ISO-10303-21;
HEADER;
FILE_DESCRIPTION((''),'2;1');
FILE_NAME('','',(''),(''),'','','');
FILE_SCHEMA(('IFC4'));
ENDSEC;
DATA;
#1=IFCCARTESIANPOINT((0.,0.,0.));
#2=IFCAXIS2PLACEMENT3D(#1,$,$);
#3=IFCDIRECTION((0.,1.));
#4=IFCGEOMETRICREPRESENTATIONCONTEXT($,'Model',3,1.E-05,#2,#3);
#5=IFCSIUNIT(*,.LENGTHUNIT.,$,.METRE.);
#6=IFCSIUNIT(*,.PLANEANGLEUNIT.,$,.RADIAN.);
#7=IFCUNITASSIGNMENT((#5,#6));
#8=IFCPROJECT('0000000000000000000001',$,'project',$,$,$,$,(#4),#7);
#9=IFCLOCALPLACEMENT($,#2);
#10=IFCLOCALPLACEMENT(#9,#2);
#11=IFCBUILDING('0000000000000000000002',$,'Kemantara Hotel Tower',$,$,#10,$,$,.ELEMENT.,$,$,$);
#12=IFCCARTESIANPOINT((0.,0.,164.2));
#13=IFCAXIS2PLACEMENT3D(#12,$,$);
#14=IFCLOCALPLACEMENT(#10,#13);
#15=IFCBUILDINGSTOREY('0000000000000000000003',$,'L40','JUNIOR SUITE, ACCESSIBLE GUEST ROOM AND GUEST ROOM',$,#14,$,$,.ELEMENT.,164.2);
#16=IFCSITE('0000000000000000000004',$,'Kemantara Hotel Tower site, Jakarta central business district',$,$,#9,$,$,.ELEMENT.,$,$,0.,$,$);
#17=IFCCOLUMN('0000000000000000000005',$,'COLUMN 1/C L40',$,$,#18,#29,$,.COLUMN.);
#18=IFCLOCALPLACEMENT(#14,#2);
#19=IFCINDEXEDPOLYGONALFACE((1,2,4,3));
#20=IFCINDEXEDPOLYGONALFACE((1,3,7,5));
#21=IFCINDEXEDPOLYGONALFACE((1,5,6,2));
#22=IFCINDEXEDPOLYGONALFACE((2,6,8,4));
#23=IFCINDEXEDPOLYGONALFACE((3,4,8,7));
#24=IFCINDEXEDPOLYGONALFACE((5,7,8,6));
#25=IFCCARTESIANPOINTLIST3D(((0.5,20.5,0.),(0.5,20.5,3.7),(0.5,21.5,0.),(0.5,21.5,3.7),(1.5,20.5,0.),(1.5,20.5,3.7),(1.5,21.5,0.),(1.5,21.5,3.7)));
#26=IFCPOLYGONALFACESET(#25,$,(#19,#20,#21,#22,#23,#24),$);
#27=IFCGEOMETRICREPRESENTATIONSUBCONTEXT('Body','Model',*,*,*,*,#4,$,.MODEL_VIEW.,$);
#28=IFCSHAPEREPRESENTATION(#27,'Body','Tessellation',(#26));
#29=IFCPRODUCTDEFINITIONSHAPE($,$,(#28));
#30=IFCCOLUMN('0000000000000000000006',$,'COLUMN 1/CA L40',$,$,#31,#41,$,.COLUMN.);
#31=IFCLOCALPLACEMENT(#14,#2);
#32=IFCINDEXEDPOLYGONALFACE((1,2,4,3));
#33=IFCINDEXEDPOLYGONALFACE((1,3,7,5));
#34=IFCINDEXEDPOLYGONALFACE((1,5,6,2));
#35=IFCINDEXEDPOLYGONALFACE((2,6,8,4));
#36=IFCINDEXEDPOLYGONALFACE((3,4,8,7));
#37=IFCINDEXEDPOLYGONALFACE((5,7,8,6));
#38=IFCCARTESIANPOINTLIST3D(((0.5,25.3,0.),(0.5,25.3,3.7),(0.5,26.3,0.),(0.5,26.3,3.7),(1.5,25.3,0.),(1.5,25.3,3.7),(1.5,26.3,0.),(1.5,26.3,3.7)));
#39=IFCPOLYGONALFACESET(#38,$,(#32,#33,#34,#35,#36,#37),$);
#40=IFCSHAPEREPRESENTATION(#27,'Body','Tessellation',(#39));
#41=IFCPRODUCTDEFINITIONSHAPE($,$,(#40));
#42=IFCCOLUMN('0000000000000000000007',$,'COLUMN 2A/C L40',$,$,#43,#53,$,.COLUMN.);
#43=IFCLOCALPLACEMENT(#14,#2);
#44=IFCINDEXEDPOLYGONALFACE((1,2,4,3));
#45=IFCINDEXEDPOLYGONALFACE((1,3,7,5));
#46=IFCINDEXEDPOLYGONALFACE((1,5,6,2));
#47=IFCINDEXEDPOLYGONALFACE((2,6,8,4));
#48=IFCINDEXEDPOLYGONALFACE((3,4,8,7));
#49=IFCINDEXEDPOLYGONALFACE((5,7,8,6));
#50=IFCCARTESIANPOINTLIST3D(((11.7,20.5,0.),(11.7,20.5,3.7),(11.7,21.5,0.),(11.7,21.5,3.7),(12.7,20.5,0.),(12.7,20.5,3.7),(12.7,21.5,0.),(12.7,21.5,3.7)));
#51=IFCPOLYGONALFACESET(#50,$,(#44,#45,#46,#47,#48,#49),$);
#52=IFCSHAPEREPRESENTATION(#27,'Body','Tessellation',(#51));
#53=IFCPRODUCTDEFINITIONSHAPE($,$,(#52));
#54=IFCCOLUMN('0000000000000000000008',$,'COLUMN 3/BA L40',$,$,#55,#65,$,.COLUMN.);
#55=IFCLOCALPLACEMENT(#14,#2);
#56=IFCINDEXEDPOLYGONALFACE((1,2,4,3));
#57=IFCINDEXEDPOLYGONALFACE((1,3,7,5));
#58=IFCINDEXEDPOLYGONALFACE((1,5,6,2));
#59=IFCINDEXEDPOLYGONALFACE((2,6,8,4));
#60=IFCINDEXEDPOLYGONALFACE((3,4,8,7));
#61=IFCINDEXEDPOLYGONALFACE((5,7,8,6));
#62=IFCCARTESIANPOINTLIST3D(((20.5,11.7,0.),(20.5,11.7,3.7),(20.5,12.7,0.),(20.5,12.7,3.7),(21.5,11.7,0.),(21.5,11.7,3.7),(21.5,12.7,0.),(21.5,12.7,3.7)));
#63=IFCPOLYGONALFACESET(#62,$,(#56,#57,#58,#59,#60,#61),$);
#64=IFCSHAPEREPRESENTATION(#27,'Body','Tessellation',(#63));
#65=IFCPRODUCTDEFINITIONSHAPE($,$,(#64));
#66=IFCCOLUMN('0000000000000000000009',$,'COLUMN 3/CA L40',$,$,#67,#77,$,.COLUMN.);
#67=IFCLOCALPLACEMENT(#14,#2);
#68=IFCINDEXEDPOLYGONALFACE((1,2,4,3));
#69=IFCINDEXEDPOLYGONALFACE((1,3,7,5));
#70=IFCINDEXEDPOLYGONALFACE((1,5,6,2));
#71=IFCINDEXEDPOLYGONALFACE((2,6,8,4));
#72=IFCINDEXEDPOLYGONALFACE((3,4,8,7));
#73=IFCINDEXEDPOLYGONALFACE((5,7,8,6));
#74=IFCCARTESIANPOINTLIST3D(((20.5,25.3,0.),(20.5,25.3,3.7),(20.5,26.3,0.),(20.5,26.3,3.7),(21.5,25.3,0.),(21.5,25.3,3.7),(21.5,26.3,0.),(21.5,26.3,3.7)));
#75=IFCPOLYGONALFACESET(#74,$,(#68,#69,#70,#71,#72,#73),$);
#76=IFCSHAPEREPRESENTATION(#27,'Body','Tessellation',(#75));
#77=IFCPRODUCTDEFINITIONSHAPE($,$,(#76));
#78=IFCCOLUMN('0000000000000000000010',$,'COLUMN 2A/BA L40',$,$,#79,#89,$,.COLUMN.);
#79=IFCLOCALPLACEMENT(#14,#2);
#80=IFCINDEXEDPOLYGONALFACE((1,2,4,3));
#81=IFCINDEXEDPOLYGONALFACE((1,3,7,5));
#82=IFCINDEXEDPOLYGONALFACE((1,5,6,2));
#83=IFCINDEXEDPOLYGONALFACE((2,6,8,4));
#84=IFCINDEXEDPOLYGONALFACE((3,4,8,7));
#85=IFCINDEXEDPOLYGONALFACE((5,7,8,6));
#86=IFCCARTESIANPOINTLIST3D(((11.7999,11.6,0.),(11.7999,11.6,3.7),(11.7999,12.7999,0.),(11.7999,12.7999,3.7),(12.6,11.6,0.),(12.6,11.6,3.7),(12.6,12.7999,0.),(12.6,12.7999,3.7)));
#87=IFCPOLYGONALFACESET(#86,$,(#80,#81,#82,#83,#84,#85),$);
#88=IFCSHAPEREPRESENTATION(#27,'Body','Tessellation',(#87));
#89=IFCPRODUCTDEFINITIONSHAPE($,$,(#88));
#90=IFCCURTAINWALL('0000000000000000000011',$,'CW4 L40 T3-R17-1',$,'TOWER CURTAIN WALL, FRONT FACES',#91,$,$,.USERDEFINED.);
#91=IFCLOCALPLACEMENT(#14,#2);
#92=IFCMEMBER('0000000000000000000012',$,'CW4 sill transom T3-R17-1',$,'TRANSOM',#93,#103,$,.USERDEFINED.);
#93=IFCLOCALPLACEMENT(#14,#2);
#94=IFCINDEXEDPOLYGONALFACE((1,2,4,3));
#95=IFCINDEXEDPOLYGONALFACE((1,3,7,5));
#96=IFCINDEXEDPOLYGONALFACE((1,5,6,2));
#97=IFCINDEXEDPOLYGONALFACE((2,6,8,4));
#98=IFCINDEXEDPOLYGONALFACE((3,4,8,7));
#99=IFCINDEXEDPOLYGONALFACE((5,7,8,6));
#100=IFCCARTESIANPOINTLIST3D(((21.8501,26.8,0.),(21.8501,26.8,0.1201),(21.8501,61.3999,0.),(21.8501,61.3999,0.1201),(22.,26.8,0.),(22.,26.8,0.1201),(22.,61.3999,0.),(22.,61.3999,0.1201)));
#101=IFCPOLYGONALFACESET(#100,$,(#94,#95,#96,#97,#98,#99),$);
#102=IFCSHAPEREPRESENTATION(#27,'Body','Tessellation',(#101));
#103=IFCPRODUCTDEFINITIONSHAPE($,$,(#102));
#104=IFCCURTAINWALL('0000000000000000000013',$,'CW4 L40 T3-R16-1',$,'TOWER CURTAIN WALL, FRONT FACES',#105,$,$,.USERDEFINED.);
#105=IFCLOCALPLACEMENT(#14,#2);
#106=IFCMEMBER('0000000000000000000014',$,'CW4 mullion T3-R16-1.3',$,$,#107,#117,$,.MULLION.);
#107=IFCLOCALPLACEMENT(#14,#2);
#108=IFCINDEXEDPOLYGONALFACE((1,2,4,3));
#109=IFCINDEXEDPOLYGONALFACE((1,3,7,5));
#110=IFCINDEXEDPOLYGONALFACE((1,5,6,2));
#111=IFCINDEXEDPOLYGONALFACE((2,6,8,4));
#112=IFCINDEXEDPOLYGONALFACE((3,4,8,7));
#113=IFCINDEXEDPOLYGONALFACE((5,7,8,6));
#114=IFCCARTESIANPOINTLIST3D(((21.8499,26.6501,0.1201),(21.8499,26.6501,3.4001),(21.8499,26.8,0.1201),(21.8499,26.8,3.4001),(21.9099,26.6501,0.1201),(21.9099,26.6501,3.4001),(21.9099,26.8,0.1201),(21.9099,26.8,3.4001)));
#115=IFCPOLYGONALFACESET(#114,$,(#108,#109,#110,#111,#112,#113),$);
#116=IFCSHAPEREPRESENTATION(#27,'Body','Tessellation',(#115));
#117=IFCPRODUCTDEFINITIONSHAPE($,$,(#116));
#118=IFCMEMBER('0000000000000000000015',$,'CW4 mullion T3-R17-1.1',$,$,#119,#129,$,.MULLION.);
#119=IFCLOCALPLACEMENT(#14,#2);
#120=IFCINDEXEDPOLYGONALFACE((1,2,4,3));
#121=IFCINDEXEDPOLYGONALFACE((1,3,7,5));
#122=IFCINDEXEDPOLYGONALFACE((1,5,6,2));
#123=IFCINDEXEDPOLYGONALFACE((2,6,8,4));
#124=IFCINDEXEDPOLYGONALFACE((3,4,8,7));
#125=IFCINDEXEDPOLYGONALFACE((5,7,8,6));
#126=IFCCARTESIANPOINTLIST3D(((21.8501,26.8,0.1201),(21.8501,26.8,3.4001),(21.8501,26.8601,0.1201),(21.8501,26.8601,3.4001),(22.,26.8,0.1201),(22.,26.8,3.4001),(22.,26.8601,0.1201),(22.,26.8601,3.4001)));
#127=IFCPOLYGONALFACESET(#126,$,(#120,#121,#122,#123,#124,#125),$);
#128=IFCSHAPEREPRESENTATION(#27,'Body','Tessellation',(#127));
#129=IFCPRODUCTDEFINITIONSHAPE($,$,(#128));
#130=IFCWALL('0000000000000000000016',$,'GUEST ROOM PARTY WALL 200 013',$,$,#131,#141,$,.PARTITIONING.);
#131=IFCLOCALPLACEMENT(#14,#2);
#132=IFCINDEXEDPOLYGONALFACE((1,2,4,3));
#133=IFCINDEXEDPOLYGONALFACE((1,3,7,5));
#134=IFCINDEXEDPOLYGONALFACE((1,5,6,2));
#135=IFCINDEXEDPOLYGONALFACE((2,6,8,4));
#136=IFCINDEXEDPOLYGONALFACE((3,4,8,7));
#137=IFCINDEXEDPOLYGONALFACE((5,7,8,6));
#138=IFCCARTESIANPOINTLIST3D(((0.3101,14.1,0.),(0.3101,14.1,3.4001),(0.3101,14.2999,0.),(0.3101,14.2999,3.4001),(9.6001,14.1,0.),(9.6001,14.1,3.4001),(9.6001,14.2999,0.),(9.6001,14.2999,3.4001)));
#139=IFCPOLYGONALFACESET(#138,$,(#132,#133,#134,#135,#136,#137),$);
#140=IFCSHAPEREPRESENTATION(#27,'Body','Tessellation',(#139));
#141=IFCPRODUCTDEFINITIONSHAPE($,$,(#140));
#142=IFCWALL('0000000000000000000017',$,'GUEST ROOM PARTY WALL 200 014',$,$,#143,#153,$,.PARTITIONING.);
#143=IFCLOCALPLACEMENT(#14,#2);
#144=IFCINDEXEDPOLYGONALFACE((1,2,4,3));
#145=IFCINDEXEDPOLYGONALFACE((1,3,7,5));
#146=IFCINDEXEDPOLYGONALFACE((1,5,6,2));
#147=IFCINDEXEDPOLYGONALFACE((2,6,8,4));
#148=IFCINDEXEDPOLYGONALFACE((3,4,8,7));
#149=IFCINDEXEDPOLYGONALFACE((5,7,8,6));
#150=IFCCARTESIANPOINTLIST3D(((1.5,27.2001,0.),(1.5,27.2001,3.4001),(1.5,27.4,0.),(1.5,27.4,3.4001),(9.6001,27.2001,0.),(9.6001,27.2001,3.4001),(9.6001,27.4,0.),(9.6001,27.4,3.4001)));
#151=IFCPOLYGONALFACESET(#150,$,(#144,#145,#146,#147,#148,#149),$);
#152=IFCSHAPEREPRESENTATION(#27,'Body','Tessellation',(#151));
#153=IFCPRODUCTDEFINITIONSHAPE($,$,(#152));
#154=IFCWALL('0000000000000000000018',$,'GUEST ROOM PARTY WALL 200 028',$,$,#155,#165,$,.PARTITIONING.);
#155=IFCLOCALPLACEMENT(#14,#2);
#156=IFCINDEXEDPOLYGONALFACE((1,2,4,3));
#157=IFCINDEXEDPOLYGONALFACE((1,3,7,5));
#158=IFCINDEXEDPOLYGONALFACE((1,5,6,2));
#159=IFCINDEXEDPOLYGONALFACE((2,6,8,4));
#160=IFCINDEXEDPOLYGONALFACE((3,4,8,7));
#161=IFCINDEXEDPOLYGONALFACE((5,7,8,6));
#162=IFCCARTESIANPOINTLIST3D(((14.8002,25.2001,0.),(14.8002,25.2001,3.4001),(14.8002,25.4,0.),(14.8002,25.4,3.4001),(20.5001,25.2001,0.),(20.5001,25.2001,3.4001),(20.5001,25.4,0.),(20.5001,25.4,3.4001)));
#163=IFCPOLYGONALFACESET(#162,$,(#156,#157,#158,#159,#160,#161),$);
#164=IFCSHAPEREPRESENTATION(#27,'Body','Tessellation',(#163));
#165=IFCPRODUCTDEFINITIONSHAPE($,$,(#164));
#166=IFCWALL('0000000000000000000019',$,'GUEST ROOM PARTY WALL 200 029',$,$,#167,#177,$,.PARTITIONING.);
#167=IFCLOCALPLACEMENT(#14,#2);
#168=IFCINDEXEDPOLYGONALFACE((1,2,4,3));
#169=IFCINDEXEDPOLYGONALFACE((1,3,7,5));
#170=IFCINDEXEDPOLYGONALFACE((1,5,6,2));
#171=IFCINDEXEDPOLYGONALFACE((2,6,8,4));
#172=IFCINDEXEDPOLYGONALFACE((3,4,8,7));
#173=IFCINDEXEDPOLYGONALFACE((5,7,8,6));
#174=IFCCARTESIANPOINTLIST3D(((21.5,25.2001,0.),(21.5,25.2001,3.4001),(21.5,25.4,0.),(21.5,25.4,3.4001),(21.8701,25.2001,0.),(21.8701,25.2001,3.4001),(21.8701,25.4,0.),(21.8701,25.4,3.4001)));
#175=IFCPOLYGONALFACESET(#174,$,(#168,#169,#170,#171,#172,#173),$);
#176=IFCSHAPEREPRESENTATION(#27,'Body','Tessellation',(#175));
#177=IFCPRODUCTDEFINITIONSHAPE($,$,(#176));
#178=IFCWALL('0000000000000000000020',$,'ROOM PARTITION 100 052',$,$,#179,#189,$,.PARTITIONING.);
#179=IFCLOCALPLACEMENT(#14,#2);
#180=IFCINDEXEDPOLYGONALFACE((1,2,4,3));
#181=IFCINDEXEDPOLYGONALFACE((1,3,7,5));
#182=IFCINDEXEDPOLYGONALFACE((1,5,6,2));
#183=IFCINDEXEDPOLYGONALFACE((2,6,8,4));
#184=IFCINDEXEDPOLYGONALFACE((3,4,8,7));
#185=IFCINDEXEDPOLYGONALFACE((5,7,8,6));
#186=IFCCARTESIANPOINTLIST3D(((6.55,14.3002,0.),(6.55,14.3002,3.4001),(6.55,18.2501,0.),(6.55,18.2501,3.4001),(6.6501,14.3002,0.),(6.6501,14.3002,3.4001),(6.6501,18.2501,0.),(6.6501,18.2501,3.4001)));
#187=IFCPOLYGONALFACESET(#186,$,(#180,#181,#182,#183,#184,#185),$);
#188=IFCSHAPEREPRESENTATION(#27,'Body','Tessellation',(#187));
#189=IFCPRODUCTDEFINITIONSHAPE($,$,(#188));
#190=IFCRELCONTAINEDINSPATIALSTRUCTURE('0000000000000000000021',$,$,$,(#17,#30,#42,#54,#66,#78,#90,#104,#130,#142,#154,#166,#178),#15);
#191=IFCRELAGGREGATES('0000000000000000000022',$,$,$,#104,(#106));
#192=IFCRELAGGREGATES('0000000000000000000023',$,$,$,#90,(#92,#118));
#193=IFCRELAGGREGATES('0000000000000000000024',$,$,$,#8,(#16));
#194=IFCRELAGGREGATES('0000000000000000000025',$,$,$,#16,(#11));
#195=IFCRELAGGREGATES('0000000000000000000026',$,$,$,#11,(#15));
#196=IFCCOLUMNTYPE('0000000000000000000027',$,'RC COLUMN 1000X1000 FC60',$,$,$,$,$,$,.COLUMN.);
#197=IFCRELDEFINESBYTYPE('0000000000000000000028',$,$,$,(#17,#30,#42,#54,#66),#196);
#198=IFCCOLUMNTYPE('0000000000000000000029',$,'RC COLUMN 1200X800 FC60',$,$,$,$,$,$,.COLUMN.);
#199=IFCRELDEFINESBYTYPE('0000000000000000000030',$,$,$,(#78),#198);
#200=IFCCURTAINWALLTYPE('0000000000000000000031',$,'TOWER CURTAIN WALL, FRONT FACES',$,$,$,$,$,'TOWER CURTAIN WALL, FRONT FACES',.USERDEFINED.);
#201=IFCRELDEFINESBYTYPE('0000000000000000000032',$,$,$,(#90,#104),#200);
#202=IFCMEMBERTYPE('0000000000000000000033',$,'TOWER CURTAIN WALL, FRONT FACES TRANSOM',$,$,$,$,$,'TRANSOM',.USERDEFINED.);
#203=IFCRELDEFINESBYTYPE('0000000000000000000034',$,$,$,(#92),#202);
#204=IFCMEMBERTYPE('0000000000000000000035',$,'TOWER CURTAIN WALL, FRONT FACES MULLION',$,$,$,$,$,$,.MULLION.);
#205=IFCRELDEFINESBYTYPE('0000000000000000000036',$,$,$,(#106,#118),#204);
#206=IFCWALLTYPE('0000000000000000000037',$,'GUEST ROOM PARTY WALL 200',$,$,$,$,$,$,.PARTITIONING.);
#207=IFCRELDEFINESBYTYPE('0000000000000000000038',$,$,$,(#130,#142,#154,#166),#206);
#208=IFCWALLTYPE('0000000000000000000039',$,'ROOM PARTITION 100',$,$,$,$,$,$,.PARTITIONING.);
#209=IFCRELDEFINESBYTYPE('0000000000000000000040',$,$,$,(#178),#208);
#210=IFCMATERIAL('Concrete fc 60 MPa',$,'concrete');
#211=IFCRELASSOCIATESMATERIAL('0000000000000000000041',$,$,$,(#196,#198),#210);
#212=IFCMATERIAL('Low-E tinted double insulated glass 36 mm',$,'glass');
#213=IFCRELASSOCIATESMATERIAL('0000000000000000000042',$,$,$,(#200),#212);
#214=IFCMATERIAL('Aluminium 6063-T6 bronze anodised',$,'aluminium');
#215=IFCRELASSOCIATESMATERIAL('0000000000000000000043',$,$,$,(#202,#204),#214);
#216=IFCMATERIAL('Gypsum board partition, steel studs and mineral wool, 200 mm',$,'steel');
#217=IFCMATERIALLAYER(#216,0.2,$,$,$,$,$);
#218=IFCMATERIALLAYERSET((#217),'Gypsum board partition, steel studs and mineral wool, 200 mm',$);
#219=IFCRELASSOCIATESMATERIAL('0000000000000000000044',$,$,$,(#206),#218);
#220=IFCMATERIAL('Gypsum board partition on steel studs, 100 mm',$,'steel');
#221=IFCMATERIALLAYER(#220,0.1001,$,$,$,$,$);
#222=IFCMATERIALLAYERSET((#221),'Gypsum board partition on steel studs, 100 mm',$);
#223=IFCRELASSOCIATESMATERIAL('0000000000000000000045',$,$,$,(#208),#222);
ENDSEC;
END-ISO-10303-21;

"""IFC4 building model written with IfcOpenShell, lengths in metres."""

from ifc_helpers import new_model, si_unit, direction, frame, frame_2d, origin, origin_2d, place, context, subcontext, project, spatial, rectangle, extrude, source, transform, mapped, material, layer, layer_set, material_profile, profile_set, type_object, element, aggregate, save


model = new_model("IFC4")

# Units and contexts
model_context = context("Model", 3, precision=1e-05, world=origin(), true_north=direction((0.0, 1.0)))
body_context = subcontext(model_context, "Body", "Model", "MODEL_VIEW")
ifc_project = project(units=[si_unit("LENGTHUNIT", "METRE"), si_unit("PLANEANGLEUNIT", "RADIAN")], contexts=[model_context])

# Site, building, storey
site_placement = place(None, origin())
site = spatial("IfcSite", under=ifc_project, at=site_placement, Name="Kemantara Hotel Tower site, Jakarta central business district", CompositionType="ELEMENT", RefElevation=0.0)
building_placement = place(site_placement, origin())
building = spatial("IfcBuilding", under=site, at=building_placement, Name="Kemantara Hotel Tower", CompositionType="ELEMENT")
storey_placement = place(building_placement, frame((0.0, 0.0, 164.2)))
storey = spatial("IfcBuildingStorey", under=building, at=storey_placement, Name="L40", Description="JUNIOR SUITE, ACCESSIBLE GUEST ROOM AND GUEST ROOM", CompositionType="ELEMENT", Elevation=164.2)

# Columns
ifc_material_1 = material(Name="Concrete fc 60 MPa", Category="concrete")
ifc_material_profile_1 = material_profile(ifc_material_1, rectangle(XDim=1.0, YDim=1.0, at=origin_2d()), Name="RC 1000X1000")
ifc_profile_set_1 = profile_set([ifc_material_profile_1], Name="Concrete fc 60 MPa")
column_type_1 = type_object("IfcColumnType", Name="RC COLUMN 1000X1000 FC60", PredefinedType="COLUMN", material=ifc_profile_set_1)
for number, where, z_axis, x_axis, name in (
    (1, (1.0, 21.0, 0.0), (0.0, 0.0, 1.0), (1.0, 0.0, 0.0), "COLUMN 1/C L40"),
    (2, (1.0, 25.8, 0.0), (0.0, 0.0, 1.0), (1.0, 0.0, 0.0), "COLUMN 1/CA L40"),
    (3, (12.2, 21.0, 0.0), (0.0, 0.0, 1.0), (1.0, 0.0, 0.0), "COLUMN 2A/C L40"),
    (4, (21.0, 12.2, 0.0), (0.0, 0.0, 1.0), (1.0, 0.0, 0.0), "COLUMN 3/BA L40"),
    (5, (21.0, 25.8, 0.0), (0.0, 0.0, 1.0), (1.0, 0.0, 0.0), "COLUMN 3/CA L40"),
):
    element("IfcColumn", number, at=place(storey_placement, frame(where, z_axis=z_axis, x_axis=x_axis)), inside=storey, type_object=column_type_1, Name=name, PredefinedType="COLUMN", context=body_context, shape_type="SweptSolid", body=[
        extrude(rectangle(XDim=1.0, YDim=1.0, at=origin_2d()), origin(), (0.0, 0.0, 1.0), 3.7),
    ])
ifc_material_profile_2 = material_profile(ifc_material_1, rectangle(XDim=1.2, YDim=0.8, at=origin_2d()), Name="RC 1200X800")
ifc_profile_set_2 = profile_set([ifc_material_profile_2], Name="Concrete fc 60 MPa")
column_type_2 = type_object("IfcColumnType", Name="RC COLUMN 1200X800 FC60", PredefinedType="COLUMN", material=ifc_profile_set_2)
column_placement = place(storey_placement, frame((12.2, 12.2, 0.0), z_axis=(0.0, 0.0, 1.0), x_axis=(0.0, 1.0, 0.0)))
element("IfcColumn", 6, at=column_placement, inside=storey, type_object=column_type_2, Name="COLUMN 2A/BA L40", PredefinedType="COLUMN", context=body_context, shape_type="SweptSolid", body=[
    extrude(rectangle(XDim=1.2, YDim=0.8, at=origin_2d()), origin(), (0.0, 0.0, 1.0), 3.7),
])

# Curtain walls, members
ifc_material_2 = material(Name="Low-E tinted double insulated glass 36 mm", Category="glass")
curtain_wall_type = type_object("IfcCurtainWallType", Name="TOWER CURTAIN WALL, FRONT FACES", ElementType="TOWER CURTAIN WALL, FRONT FACES", PredefinedType="USERDEFINED", material=ifc_material_2)
curtain_wall_1_placement = place(storey_placement, origin())
curtain_wall_1 = element("IfcCurtainWall", 7, at=curtain_wall_1_placement, inside=storey, type_object=curtain_wall_type, Name="CW4 L40 T3-R17-1", ObjectType="TOWER CURTAIN WALL, FRONT FACES", PredefinedType="USERDEFINED")
ifc_material_3 = material(Name="Aluminium 6063-T6 bronze anodised", Category="aluminium")
ifc_material_profile_3 = material_profile(ifc_material_3, rectangle(XDim=0.1499, YDim=0.1201, at=origin_2d()), Name="TOWER CURTAIN WALL, FRONT FACES TRANSOM")
ifc_profile_set_3 = profile_set([ifc_material_profile_3], Name="Aluminium 6063-T6 bronze anodised")
member_type_1 = type_object("IfcMemberType", Name="TOWER CURTAIN WALL, FRONT FACES TRANSOM", ElementType="TRANSOM", PredefinedType="USERDEFINED", material=ifc_profile_set_3)
member_1_placement = place(storey_placement, frame((21.925, 26.8, 0.0601), z_axis=(0.0, 1.0, 0.0), x_axis=(-1.0, 0.0, 0.0)))
member_1 = element("IfcMember", 8, at=member_1_placement, type_object=member_type_1, Name="CW4 sill transom T3-R17-1", ObjectType="TRANSOM", PredefinedType="USERDEFINED", context=body_context, shape_type="SweptSolid", body=[
    extrude(rectangle(XDim=0.1499, YDim=0.1201, at=origin_2d()), origin(), (0.0, 0.0, 1.0), 34.5999),
])
curtain_wall_2_placement = place(storey_placement, origin())
curtain_wall_2 = element("IfcCurtainWall", 9, at=curtain_wall_2_placement, inside=storey, type_object=curtain_wall_type, Name="CW4 L40 T3-R16-1", ObjectType="TOWER CURTAIN WALL, FRONT FACES", PredefinedType="USERDEFINED")
ifc_material_profile_4 = material_profile(ifc_material_3, rectangle(XDim=0.1499, YDim=0.0601, at=origin_2d()), Name="TOWER CURTAIN WALL, FRONT FACES MULLION")
ifc_profile_set_4 = profile_set([ifc_material_profile_4], Name="Aluminium 6063-T6 bronze anodised")
member_type_2 = type_object("IfcMemberType", Name="TOWER CURTAIN WALL, FRONT FACES MULLION", PredefinedType="MULLION", material=ifc_profile_set_4)
shared_shape_1 = source(origin(), body_context, "Body", "SweptSolid", [
    extrude(rectangle(XDim=0.1499, YDim=0.0601, at=origin_2d()), origin(), (0.0, 0.0, 1.0), 3.28),
])
member_2_placement = place(storey_placement, frame((21.8799, 26.7251, 0.1201), z_axis=(0.0, 0.0, 1.0), x_axis=(0.0, -1.0, 0.0)))
member_2 = element("IfcMember", 10, at=member_2_placement, type_object=member_type_2, Name="CW4 mullion T3-R16-1.3", PredefinedType="MULLION", context=body_context, shape_type="MappedRepresentation", body=[
    mapped(shared_shape_1, transform((0.0, 0.0, 0.0))),
])
aggregate(curtain_wall_2, [member_2])

# Member
member_3_placement = place(storey_placement, frame((21.925, 26.8301, 0.1201), z_axis=(0.0, 0.0, 1.0), x_axis=(-1.0, 0.0, 0.0)))
member_3 = element("IfcMember", 11, at=member_3_placement, type_object=member_type_2, Name="CW4 mullion T3-R17-1.1", PredefinedType="MULLION", context=body_context, shape_type="MappedRepresentation", body=[
    mapped(shared_shape_1, transform((0.0, 0.0, 0.0))),
])
aggregate(curtain_wall_1, [member_1, member_3])

# Walls
ifc_material_4 = material(Name="Gypsum board partition, steel studs and mineral wool, 200 mm", Category="steel")
ifc_layer_1 = layer(ifc_material_4, 0.2)
ifc_layer_set_1 = layer_set([ifc_layer_1], Name="Gypsum board partition, steel studs and mineral wool, 200 mm")
wall_type_1 = type_object("IfcWallType", Name="GUEST ROOM PARTY WALL 200", PredefinedType="PARTITIONING", material=ifc_layer_set_1)
wall_1_placement = place(storey_placement, frame((0.3101, 14.2, 0.0), z_axis=(0.0, 0.0, 1.0), x_axis=(1.0, 0.0, 0.0)))
element("IfcWall", 12, at=wall_1_placement, inside=storey, type_object=wall_type_1, Name="GUEST ROOM PARTY WALL 200 013", PredefinedType="PARTITIONING", context=body_context, shape_type="SweptSolid", body=[
    extrude(rectangle(XDim=9.29, YDim=0.2, at=frame_2d((4.645, 0.0))), origin(), (0.0, 0.0, 1.0), 3.4001),
])
wall_2_placement = place(storey_placement, frame((1.5, 27.3, 0.0), z_axis=(0.0, 0.0, 1.0), x_axis=(1.0, 0.0, 0.0)))
element("IfcWall", 13, at=wall_2_placement, inside=storey, type_object=wall_type_1, Name="GUEST ROOM PARTY WALL 200 014", PredefinedType="PARTITIONING", context=body_context, shape_type="SweptSolid", body=[
    extrude(rectangle(XDim=8.1001, YDim=0.2, at=frame_2d((4.05, 0.0))), origin(), (0.0, 0.0, 1.0), 3.4001),
])
wall_3_placement = place(storey_placement, frame((14.8, 25.3, 0.0), z_axis=(0.0, 0.0, 1.0), x_axis=(1.0, 0.0, 0.0)))
element("IfcWall", 14, at=wall_3_placement, inside=storey, type_object=wall_type_1, Name="GUEST ROOM PARTY WALL 200 028", PredefinedType="PARTITIONING", context=body_context, shape_type="SweptSolid", body=[
    extrude(rectangle(XDim=5.7, YDim=0.2, at=frame_2d((2.8501, 0.0))), origin(), (0.0, 0.0, 1.0), 3.4001),
])
wall_4_placement = place(storey_placement, frame((21.5, 25.3, 0.0), z_axis=(0.0, 0.0, 1.0), x_axis=(1.0, 0.0, 0.0)))
element("IfcWall", 15, at=wall_4_placement, inside=storey, type_object=wall_type_1, Name="GUEST ROOM PARTY WALL 200 029", PredefinedType="PARTITIONING", context=body_context, shape_type="SweptSolid", body=[
    extrude(rectangle(XDim=0.3701, YDim=0.2, at=frame_2d((0.1851, 0.0))), origin(), (0.0, 0.0, 1.0), 3.4001),
])
ifc_material_5 = material(Name="Gypsum board partition on steel studs, 100 mm", Category="steel")
ifc_layer_2 = layer(ifc_material_5, 0.1001)
ifc_layer_set_2 = layer_set([ifc_layer_2], Name="Gypsum board partition on steel studs, 100 mm")
wall_type_2 = type_object("IfcWallType", Name="ROOM PARTITION 100", PredefinedType="PARTITIONING", material=ifc_layer_set_2)
wall_5_placement = place(storey_placement, frame((6.6001, 14.3, 0.0), z_axis=(0.0, 0.0, 1.0), x_axis=(0.0, 1.0, 0.0)))
element("IfcWall", 16, at=wall_5_placement, inside=storey, type_object=wall_type_2, Name="ROOM PARTITION 100 052", PredefinedType="PARTITIONING", context=body_context, shape_type="SweptSolid", body=[
    extrude(rectangle(XDim=3.95, YDim=0.1001, at=frame_2d((1.9751, 0.0))), origin(), (0.0, 0.0, 1.0), 3.4001),
])

save(model, "model.ifc")
